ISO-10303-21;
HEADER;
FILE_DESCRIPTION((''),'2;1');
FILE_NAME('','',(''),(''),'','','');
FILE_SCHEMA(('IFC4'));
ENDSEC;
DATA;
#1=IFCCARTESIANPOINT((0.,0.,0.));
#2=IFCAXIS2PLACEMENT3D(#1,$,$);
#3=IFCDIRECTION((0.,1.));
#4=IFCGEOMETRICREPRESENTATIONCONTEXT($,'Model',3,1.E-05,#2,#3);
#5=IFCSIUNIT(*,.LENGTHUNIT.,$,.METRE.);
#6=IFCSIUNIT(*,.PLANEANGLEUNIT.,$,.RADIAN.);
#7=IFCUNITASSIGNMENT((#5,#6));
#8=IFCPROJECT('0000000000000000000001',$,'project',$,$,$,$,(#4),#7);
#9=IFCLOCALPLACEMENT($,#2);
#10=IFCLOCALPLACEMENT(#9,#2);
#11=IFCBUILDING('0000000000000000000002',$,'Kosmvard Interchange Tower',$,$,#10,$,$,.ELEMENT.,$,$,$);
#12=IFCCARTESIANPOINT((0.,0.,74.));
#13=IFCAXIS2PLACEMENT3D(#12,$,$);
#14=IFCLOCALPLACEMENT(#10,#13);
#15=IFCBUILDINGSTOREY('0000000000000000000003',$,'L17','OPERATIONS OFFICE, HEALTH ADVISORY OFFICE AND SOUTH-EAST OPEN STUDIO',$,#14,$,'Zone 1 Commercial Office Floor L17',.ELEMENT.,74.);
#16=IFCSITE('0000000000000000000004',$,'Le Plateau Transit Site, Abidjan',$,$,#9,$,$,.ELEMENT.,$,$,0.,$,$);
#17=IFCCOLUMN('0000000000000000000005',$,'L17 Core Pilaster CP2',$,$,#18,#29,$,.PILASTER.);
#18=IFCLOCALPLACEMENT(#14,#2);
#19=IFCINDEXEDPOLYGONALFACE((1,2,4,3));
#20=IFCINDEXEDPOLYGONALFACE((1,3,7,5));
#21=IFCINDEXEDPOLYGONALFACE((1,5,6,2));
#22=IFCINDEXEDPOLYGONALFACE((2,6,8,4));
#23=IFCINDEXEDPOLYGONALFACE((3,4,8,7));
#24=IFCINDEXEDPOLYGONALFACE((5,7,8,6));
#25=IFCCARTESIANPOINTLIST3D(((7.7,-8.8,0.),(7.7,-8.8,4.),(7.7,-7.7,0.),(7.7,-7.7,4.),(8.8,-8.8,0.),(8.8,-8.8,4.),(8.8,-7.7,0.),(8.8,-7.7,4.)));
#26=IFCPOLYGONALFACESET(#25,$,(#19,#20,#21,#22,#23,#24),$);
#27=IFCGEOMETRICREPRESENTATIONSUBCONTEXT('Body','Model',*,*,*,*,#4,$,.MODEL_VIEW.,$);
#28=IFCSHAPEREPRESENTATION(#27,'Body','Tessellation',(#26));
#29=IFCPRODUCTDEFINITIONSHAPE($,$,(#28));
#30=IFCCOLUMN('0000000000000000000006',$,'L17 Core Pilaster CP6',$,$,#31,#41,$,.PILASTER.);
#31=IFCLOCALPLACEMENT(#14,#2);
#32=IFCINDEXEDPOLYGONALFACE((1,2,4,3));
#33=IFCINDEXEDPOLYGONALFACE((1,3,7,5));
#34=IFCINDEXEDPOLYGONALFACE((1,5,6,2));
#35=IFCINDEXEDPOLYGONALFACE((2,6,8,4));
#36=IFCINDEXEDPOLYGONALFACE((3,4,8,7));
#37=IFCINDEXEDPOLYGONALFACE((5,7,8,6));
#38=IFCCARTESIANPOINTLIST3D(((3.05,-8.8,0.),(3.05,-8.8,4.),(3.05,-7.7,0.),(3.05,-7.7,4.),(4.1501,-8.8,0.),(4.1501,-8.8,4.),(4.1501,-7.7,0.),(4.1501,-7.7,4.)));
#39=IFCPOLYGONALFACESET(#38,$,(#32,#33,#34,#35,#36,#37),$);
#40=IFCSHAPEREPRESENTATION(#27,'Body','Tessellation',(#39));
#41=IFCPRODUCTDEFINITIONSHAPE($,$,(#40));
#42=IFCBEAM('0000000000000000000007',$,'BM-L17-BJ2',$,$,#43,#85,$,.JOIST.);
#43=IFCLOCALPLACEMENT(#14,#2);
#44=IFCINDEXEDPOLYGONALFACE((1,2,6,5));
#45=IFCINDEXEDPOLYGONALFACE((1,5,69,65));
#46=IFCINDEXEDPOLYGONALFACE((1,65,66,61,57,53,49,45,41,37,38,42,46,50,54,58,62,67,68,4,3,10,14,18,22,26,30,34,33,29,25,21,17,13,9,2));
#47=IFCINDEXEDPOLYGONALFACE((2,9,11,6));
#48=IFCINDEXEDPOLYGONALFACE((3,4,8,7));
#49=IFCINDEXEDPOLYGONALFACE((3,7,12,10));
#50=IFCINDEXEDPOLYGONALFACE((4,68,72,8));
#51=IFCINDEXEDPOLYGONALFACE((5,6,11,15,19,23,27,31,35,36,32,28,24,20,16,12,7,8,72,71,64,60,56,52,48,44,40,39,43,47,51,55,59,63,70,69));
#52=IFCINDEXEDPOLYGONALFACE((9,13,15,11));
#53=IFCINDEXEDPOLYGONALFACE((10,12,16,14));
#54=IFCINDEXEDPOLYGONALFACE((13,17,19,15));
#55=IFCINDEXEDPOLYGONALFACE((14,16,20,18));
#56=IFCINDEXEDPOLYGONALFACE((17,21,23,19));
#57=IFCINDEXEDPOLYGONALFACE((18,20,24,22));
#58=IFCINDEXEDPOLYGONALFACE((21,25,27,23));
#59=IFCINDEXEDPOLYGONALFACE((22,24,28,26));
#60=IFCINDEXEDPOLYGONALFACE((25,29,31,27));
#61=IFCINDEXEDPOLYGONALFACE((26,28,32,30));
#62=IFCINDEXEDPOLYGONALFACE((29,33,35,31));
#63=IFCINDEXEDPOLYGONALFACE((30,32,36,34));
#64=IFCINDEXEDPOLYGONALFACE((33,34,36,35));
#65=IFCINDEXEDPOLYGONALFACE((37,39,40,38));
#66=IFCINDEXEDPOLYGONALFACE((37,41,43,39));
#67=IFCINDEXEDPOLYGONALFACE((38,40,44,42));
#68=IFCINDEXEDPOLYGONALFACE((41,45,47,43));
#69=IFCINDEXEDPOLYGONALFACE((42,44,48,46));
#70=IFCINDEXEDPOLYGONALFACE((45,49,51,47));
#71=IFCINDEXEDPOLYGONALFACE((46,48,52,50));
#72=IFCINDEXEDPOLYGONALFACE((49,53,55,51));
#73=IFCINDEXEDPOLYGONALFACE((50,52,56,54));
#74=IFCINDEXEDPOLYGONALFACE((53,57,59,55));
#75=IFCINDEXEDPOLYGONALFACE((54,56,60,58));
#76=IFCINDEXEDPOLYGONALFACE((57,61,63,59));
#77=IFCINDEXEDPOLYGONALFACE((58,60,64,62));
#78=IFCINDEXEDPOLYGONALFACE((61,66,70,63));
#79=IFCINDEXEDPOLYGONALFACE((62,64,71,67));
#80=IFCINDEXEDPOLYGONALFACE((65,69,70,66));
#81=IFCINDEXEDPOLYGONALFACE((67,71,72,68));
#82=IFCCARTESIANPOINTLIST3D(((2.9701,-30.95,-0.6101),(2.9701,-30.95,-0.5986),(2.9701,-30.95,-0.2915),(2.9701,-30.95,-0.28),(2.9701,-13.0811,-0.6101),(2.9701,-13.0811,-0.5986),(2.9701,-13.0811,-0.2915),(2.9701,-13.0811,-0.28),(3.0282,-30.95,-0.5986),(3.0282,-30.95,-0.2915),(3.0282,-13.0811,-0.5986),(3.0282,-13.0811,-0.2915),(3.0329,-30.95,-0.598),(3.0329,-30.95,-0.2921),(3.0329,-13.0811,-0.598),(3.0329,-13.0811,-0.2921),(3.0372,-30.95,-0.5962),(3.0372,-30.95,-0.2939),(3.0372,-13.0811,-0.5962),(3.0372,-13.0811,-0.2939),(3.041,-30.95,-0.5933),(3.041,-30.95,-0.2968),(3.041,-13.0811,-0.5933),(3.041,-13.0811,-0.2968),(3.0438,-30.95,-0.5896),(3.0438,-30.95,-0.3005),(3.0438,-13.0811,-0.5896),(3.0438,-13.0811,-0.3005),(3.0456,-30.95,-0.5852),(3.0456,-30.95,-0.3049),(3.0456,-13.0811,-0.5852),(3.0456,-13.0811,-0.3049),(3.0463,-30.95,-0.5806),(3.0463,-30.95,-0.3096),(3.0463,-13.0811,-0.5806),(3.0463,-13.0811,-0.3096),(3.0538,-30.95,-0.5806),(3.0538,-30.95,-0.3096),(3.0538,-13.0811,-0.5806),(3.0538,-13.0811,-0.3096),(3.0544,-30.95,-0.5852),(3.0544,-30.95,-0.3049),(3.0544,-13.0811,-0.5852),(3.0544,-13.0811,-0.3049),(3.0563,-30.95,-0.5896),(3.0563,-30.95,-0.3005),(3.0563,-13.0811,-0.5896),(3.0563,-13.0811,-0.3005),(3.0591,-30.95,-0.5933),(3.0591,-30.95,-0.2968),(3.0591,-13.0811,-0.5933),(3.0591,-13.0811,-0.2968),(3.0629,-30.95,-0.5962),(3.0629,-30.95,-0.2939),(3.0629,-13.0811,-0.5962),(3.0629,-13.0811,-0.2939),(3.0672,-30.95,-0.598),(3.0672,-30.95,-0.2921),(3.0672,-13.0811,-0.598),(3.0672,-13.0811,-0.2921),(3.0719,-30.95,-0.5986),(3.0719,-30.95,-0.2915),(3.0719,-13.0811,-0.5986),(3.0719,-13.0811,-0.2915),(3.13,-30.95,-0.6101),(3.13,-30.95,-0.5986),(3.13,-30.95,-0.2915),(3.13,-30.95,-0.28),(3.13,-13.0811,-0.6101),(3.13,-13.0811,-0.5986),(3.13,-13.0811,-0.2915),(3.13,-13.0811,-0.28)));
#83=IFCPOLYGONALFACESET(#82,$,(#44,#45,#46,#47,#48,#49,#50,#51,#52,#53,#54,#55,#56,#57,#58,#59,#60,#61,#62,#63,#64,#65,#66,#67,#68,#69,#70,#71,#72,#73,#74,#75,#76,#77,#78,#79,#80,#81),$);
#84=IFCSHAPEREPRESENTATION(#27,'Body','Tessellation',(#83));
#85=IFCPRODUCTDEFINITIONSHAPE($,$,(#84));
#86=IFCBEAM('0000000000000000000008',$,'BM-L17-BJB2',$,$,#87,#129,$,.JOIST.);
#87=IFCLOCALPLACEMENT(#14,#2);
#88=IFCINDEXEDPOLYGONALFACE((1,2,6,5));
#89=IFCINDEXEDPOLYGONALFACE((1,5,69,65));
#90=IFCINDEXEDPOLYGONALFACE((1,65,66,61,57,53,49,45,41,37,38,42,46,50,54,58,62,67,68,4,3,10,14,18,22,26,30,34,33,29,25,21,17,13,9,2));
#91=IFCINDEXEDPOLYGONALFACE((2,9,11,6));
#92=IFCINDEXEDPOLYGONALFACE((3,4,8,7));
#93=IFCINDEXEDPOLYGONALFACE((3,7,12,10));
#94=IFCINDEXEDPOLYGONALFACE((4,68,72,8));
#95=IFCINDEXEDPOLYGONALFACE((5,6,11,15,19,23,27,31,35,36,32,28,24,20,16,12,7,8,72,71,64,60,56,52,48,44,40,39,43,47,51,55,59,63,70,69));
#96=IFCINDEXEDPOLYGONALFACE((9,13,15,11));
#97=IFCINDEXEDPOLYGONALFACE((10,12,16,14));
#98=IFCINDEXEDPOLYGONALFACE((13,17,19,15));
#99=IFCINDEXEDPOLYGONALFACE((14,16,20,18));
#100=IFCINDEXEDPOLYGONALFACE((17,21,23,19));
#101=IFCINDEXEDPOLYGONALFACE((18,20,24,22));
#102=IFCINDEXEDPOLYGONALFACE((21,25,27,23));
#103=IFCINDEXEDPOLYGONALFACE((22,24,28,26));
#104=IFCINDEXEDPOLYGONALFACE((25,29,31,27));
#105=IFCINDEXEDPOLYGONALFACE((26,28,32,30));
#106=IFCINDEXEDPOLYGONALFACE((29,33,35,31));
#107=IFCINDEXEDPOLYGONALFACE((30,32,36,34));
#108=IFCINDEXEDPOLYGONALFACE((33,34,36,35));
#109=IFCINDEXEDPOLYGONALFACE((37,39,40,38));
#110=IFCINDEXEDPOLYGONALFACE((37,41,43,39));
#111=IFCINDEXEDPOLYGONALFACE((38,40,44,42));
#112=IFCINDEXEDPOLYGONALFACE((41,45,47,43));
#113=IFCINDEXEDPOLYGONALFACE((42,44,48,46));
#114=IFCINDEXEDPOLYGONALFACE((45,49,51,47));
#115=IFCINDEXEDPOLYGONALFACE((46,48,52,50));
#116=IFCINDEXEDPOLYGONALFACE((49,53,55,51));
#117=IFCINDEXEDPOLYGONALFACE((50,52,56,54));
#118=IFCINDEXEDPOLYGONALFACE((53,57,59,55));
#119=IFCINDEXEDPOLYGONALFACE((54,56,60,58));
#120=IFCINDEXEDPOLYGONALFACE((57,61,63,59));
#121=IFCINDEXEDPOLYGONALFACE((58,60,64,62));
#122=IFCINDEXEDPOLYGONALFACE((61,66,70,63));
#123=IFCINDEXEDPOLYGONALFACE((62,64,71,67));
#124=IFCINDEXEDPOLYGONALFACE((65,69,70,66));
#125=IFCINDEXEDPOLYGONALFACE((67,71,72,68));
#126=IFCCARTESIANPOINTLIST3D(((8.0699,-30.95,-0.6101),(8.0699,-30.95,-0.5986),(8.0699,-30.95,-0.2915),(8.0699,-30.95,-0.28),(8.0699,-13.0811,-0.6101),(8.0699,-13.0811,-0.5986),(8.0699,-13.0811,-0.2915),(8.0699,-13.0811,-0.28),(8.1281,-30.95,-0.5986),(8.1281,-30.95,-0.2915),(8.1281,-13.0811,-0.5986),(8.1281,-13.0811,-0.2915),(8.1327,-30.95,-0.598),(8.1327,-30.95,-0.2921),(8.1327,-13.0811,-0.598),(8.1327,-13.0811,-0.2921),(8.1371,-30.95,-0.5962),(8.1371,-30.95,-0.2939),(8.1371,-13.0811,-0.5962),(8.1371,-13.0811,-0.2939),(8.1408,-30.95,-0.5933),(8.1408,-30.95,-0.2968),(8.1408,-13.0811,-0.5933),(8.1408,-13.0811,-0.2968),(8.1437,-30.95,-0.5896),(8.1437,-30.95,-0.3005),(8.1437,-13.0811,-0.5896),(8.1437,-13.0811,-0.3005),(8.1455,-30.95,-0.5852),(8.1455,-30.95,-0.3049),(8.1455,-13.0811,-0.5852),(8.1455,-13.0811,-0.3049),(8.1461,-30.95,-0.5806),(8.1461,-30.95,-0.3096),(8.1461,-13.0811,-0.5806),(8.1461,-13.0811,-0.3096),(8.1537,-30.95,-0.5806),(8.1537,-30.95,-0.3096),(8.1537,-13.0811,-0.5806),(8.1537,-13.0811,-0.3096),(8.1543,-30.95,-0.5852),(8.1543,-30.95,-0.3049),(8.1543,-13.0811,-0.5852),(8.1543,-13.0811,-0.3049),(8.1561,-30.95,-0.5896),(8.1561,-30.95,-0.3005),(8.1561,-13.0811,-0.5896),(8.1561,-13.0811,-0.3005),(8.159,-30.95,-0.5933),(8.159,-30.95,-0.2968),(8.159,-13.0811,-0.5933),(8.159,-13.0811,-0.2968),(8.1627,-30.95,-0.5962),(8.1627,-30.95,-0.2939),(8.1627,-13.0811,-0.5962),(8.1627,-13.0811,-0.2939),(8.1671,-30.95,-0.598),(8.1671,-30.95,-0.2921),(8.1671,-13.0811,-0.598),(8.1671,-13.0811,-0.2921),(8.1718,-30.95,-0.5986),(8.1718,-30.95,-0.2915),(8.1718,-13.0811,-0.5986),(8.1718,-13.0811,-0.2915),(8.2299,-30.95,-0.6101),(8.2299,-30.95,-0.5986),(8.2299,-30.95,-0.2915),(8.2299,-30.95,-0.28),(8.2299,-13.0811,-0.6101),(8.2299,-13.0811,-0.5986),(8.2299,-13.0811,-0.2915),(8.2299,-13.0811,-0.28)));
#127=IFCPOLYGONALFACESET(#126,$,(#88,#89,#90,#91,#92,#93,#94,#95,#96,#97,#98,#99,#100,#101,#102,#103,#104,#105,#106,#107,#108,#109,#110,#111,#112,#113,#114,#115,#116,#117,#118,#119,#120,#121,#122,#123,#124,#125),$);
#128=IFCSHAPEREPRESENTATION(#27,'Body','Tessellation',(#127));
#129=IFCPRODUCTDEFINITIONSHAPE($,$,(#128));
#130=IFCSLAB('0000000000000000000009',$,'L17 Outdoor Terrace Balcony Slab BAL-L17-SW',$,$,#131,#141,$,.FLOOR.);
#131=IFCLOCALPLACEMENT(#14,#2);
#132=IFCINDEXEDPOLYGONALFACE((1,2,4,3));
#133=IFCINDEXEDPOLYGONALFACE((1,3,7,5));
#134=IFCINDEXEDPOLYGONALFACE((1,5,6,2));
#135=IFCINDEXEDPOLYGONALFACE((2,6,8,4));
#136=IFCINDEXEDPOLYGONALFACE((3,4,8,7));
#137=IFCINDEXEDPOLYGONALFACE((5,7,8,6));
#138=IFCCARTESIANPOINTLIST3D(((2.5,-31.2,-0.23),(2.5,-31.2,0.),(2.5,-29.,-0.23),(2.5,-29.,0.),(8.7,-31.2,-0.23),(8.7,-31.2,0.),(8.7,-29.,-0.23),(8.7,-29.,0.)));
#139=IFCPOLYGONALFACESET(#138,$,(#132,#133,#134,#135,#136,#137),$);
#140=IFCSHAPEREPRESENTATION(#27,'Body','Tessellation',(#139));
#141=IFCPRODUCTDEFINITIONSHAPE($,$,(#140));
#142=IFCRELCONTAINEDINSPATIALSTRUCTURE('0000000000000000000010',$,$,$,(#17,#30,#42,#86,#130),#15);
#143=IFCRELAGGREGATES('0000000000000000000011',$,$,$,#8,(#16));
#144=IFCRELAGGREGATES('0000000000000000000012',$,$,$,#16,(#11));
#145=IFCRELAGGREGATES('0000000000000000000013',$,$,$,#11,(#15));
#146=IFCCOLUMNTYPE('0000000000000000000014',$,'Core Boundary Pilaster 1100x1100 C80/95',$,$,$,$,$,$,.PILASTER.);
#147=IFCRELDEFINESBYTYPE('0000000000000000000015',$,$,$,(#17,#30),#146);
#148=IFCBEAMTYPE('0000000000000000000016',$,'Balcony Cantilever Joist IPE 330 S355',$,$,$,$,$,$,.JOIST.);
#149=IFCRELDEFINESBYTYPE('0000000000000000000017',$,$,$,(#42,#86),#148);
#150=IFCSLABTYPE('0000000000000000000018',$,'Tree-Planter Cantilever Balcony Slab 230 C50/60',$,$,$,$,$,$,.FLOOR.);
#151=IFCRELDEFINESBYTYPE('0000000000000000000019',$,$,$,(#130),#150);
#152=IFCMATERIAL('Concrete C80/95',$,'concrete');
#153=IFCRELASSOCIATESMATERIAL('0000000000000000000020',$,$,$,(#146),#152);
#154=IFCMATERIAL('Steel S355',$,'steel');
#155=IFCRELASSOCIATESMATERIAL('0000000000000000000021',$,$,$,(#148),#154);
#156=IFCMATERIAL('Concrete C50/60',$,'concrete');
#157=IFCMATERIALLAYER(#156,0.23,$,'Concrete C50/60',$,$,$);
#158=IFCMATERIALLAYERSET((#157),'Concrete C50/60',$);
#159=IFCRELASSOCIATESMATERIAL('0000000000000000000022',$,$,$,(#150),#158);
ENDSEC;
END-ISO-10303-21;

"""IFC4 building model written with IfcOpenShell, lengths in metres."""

from ifc_helpers import new_model, si_unit, direction, frame, origin, origin_2d, place, context, subcontext, project, spatial, polyline, rectangle, i_section, outline, extrude, source, transform, mapped, material, layer, layer_set, material_profile, profile_set, type_object, element, save


model = new_model("IFC4")

# Units and contexts
model_context = context("Model", 3, precision=1e-05, world=origin(), true_north=direction((0.0, 1.0)))
body_context = subcontext(model_context, "Body", "Model", "MODEL_VIEW")
ifc_project = project(units=[si_unit("LENGTHUNIT", "METRE"), si_unit("PLANEANGLEUNIT", "RADIAN")], contexts=[model_context])

# Site, building, storey
site_placement = place(None, origin())
site = spatial("IfcSite", under=ifc_project, at=site_placement, Name="Le Plateau Transit Site, Abidjan", CompositionType="ELEMENT", RefElevation=0.0)
building_placement = place(site_placement, origin())
building = spatial("IfcBuilding", under=site, at=building_placement, Name="Kosmvard Interchange Tower", CompositionType="ELEMENT")
storey_placement = place(building_placement, frame((0.0, 0.0, 74.0)))
storey = spatial("IfcBuildingStorey", under=building, at=storey_placement, Name="L17", Description="OPERATIONS OFFICE, HEALTH ADVISORY OFFICE AND SOUTH-EAST OPEN STUDIO", LongName="Zone 1 Commercial Office Floor L17", CompositionType="ELEMENT", Elevation=74.0)

# Columns
ifc_material_1 = material(Name="Concrete C80/95", Category="concrete")
ifc_material_profile_1 = material_profile(ifc_material_1, rectangle(XDim=1.1001, YDim=1.1001, at=origin_2d()), Name="CP 1100x1100")
ifc_profile_set_1 = profile_set([ifc_material_profile_1], Name="Concrete C80/95")
column_type = type_object("IfcColumnType", Name="Core Boundary Pilaster 1100x1100 C80/95", PredefinedType="PILASTER", material=ifc_profile_set_1)
shared_shape_1 = source(origin(), body_context, "Body", "SweptSolid", [
    extrude(rectangle(XDim=1.1001, YDim=1.1001, at=origin_2d()), origin(), (0.0, 0.0, 1.0), 4.0),
])
for number, where, z_axis, x_axis, name in (
    (1, (8.25, -8.25, 0.0), (0.0, 0.0, 1.0), (1.0, 0.0, 0.0), "L17 Core Pilaster CP2"),
    (2, (3.6001, -8.25, 0.0), (0.0, 0.0, 1.0), (1.0, 0.0, 0.0), "L17 Core Pilaster CP6"),
):
    element("IfcColumn", number, at=place(storey_placement, frame(where, z_axis=z_axis, x_axis=x_axis)), inside=storey, type_object=column_type, Name=name, PredefinedType="PILASTER", context=body_context, shape_type="MappedRepresentation", body=[
        mapped(shared_shape_1, transform((0.0, 0.0, 0.0), scale=1.0)),
    ])

# Beams
ifc_material_2 = material(Name="Steel S355", Category="steel")
ifc_material_profile_2 = material_profile(ifc_material_2, i_section(OverallWidth=0.1599, OverallDepth=0.3301, WebThickness=0.0076, FlangeThickness=0.0115, FilletRadius=0.0181, at=origin_2d()), Name="IPE 330")
ifc_profile_set_2 = profile_set([ifc_material_profile_2], Name="Steel S355")
beam_type = type_object("IfcBeamType", Name="Balcony Cantilever Joist IPE 330 S355", PredefinedType="JOIST", material=ifc_profile_set_2)
shared_shape_2 = source(origin(), body_context, "Body", "SweptSolid", [
    extrude(i_section(OverallWidth=0.1599, OverallDepth=0.3301, WebThickness=0.0076, FlangeThickness=0.0115, FilletRadius=0.0181, at=origin_2d()), origin(), (0.0, 0.0, 1.0), 17.8689),
])
for number, where, z_axis, x_axis, name in (
    (3, (3.05, -13.0811, -0.4451), (0.0, -1.0, 0.0), (1.0, 0.0, 0.0), "BM-L17-BJ2"),
    (4, (8.1499, -13.0811, -0.4451), (0.0, -1.0, 0.0), (1.0, 0.0, 0.0), "BM-L17-BJB2"),
):
    element("IfcBeam", number, at=place(storey_placement, frame(where, z_axis=z_axis, x_axis=x_axis)), inside=storey, type_object=beam_type, Name=name, PredefinedType="JOIST", context=body_context, shape_type="MappedRepresentation", body=[
        mapped(shared_shape_2, transform((0.0, 0.0, 0.0), scale=1.0)),
    ])

# Slab
ifc_material_3 = material(Name="Concrete C50/60", Category="concrete")
ifc_layer_1 = layer(ifc_material_3, 0.23, Name="Concrete C50/60")
ifc_layer_set_1 = layer_set([ifc_layer_1], Name="Concrete C50/60")
slab_type = type_object("IfcSlabType", Name="Tree-Planter Cantilever Balcony Slab 230 C50/60", PredefinedType="FLOOR", material=ifc_layer_set_1)
slab_placement = place(storey_placement, frame((0.0, 0.0, -0.23)))
element("IfcSlab", 5, at=slab_placement, inside=storey, type_object=slab_type, Name="L17 Outdoor Terrace Balcony Slab BAL-L17-SW", PredefinedType="FLOOR", context=body_context, shape_type="SweptSolid", body=[
    extrude(outline(polyline([(2.5, -31.2), (8.7, -31.2), (8.7, -29.0), (2.5, -29.0), (2.5, -31.2)])), origin(), (0.0, 0.0, 1.0), 0.23),
])

save(model, "model.ifc")
